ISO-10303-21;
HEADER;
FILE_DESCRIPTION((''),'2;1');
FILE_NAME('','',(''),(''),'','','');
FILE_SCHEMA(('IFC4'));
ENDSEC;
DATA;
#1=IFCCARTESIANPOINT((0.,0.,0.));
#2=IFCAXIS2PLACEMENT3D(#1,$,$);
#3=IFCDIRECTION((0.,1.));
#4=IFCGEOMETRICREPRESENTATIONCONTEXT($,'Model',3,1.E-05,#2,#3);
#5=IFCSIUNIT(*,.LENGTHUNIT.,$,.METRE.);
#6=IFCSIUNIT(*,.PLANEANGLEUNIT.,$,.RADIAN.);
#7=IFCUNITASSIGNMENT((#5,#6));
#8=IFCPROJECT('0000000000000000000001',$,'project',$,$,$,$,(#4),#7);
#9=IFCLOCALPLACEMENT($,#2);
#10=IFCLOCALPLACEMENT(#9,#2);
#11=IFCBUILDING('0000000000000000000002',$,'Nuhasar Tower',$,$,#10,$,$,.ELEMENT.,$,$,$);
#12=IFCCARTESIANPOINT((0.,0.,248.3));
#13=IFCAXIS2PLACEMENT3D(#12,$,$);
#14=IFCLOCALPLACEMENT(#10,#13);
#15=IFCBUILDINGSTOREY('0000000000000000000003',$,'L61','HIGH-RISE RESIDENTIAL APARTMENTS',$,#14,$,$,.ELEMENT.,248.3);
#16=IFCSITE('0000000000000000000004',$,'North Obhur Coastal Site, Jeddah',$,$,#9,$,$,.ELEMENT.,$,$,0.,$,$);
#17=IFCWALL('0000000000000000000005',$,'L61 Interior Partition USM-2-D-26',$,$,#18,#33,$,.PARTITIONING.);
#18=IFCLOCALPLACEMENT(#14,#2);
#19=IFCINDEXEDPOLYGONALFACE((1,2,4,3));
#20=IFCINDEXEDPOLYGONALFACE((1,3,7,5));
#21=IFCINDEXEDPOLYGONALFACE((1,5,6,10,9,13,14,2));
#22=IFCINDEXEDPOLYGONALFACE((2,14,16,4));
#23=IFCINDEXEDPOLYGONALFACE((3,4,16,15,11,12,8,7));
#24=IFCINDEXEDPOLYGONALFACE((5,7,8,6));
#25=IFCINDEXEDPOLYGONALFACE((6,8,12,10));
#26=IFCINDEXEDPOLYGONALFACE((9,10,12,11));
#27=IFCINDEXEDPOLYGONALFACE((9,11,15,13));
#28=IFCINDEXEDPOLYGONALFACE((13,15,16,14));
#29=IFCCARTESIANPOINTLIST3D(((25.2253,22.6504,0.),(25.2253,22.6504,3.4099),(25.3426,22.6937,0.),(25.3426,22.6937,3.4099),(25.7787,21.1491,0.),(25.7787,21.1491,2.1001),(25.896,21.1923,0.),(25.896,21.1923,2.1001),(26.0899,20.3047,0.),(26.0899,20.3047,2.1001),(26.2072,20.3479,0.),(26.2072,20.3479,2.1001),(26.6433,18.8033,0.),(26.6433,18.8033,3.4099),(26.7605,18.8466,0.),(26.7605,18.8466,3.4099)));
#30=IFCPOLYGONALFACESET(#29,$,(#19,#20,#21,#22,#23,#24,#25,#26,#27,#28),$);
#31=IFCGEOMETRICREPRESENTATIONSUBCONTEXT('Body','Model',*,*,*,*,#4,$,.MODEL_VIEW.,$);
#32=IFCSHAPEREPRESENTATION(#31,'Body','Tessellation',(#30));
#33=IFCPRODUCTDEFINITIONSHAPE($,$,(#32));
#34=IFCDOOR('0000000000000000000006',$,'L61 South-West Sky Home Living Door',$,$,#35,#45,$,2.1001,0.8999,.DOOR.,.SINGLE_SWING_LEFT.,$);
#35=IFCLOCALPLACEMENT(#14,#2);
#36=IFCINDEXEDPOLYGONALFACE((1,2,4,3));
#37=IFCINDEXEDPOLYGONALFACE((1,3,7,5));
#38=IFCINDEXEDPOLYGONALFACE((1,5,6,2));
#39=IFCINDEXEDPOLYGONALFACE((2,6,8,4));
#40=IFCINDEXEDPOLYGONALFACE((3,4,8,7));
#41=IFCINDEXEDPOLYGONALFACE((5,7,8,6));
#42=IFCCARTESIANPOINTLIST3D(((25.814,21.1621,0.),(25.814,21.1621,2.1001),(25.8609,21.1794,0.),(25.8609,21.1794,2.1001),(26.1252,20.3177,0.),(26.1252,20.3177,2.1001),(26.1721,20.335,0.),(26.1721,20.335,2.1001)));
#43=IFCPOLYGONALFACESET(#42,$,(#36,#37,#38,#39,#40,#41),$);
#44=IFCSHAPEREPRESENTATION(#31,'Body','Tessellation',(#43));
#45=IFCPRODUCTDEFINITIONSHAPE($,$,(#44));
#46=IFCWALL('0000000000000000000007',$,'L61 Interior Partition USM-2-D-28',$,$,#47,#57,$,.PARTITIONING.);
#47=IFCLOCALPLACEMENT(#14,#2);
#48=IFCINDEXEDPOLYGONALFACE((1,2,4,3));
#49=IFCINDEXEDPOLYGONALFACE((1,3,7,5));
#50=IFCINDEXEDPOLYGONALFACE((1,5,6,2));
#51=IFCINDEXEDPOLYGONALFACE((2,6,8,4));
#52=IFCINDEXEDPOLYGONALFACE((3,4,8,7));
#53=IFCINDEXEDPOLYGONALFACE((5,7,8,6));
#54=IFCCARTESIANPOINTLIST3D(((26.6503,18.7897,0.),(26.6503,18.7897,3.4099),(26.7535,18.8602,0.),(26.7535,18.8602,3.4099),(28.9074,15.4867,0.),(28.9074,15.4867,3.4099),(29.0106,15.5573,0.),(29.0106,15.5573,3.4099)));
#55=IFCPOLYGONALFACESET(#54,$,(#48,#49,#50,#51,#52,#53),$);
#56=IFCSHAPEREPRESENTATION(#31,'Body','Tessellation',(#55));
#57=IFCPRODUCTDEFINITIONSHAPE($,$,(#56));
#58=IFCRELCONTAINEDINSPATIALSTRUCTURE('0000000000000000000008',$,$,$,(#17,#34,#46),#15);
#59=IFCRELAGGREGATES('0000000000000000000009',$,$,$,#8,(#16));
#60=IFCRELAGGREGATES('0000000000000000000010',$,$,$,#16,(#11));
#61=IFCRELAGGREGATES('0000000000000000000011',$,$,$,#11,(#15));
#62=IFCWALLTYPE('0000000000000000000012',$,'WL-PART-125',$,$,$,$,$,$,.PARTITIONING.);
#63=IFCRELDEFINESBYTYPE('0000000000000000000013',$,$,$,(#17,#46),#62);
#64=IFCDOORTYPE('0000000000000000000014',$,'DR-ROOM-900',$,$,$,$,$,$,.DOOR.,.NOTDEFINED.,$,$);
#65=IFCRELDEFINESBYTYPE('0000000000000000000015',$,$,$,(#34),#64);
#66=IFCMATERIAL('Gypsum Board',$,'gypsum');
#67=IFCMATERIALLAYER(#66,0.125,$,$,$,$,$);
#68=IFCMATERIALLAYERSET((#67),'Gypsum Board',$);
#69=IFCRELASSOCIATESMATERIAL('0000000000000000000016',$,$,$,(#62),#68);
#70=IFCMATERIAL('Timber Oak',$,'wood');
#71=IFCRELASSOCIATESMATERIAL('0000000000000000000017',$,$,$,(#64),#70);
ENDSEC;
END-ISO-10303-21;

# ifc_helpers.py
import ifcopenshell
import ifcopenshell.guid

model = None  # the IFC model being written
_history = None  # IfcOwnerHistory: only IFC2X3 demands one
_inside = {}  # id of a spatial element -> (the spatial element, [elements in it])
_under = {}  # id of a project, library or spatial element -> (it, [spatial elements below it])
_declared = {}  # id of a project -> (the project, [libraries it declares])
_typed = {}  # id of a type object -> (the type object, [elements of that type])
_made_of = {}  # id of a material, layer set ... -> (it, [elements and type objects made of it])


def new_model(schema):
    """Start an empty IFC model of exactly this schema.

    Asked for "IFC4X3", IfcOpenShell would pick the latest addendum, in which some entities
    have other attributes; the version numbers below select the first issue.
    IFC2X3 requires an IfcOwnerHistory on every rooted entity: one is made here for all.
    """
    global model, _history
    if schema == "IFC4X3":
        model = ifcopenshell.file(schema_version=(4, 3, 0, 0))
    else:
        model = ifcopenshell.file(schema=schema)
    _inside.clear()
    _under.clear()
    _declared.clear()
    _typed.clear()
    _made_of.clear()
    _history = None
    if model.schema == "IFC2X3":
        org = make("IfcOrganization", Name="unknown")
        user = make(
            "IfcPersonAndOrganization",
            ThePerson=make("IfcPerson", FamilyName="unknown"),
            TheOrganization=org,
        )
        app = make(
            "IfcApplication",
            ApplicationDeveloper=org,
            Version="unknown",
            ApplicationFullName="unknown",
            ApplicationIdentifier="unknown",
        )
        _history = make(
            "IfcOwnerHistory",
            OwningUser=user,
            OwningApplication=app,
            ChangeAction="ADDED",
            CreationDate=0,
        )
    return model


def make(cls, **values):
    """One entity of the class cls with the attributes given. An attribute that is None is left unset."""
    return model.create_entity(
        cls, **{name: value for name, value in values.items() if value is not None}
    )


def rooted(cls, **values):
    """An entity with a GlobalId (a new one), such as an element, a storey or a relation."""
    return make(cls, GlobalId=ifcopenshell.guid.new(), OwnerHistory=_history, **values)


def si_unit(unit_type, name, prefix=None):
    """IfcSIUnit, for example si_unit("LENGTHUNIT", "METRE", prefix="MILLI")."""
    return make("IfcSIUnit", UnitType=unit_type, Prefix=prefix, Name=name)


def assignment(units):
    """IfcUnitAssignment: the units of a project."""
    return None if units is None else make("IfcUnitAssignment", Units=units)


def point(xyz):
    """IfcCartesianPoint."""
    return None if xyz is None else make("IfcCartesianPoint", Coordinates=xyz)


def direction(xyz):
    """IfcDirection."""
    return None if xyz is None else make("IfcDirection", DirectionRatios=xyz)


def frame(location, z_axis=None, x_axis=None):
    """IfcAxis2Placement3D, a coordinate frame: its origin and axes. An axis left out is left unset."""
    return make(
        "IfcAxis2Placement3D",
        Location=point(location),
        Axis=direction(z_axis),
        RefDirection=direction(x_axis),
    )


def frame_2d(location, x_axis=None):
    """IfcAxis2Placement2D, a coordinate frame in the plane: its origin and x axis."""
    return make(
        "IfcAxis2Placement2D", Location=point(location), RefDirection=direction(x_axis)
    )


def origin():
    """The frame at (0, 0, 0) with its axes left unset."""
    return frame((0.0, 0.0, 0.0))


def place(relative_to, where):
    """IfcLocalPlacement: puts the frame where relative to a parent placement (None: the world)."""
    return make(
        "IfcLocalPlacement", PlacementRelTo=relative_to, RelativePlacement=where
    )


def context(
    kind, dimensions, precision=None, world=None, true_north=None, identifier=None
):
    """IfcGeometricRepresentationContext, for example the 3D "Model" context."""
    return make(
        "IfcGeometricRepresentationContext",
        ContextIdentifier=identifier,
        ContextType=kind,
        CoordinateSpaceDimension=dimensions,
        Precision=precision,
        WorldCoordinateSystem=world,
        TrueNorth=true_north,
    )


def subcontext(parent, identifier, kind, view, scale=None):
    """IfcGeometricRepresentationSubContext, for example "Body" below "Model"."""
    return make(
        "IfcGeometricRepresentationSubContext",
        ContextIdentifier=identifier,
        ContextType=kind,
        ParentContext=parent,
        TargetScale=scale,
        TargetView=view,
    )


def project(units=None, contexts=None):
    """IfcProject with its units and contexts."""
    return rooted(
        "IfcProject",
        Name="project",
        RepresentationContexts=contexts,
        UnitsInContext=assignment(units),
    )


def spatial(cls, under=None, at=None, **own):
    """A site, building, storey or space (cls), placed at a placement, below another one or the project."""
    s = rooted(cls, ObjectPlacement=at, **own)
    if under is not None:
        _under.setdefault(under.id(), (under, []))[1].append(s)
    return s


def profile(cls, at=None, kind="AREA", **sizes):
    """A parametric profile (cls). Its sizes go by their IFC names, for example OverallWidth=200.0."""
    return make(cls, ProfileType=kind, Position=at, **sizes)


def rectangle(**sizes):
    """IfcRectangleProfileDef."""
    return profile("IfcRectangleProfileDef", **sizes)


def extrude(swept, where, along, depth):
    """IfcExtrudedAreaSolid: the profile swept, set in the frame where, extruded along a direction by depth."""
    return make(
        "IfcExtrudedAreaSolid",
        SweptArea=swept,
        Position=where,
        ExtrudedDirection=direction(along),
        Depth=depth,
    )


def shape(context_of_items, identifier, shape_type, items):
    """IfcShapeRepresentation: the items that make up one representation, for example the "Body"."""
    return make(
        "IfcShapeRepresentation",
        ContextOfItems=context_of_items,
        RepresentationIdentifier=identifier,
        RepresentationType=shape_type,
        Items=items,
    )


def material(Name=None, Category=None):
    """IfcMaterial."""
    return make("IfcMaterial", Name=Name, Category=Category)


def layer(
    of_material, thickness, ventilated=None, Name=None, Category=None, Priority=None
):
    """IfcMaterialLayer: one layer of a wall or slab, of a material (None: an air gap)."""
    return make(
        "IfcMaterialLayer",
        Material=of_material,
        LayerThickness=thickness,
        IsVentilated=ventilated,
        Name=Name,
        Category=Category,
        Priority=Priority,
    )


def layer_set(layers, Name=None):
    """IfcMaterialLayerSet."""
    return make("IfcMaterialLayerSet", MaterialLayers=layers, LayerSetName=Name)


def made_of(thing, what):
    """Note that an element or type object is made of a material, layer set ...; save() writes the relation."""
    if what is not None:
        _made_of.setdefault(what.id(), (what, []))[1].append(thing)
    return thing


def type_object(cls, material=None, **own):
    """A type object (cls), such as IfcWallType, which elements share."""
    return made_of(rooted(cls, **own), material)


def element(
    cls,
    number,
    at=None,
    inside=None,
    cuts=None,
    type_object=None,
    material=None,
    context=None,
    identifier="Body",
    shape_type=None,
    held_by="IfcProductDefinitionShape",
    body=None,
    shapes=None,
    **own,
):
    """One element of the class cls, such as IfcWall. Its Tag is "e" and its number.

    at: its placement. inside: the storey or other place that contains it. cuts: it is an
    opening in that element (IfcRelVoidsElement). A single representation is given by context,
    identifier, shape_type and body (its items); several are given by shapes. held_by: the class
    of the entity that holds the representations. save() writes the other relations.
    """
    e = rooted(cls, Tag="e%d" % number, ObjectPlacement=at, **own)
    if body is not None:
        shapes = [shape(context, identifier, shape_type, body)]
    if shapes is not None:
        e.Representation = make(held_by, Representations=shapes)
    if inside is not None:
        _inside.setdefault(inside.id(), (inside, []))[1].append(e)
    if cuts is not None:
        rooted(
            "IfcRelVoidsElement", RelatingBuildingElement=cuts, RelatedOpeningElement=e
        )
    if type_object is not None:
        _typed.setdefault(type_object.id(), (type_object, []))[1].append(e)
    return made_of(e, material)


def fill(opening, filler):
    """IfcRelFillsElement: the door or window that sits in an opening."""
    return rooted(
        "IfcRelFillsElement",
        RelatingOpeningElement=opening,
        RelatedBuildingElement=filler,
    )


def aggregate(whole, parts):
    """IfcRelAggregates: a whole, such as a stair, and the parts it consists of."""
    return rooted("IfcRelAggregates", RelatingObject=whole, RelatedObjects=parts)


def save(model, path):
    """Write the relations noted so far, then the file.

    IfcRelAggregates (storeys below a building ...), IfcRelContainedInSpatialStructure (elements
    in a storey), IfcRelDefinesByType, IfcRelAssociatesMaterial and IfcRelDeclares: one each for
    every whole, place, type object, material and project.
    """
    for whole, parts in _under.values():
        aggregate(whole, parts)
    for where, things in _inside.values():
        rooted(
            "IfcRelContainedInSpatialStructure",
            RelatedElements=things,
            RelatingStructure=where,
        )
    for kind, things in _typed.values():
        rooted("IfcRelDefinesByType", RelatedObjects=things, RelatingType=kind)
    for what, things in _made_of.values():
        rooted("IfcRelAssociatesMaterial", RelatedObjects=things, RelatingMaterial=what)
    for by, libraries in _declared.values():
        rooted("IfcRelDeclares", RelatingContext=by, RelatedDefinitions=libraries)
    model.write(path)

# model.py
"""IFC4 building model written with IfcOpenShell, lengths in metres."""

from ifc_helpers import new_model, si_unit, direction, frame, frame_2d, origin, place, context, subcontext, project, spatial, rectangle, extrude, material, layer, layer_set, type_object, element, fill, save


model = new_model("IFC4")

# Units and contexts
model_context = context("Model", 3, precision=1e-05, world=origin(), true_north=direction((0.0, 1.0)))
body_context = subcontext(model_context, "Body", "Model", "MODEL_VIEW")
ifc_project = project(units=[si_unit("LENGTHUNIT", "METRE"), si_unit("PLANEANGLEUNIT", "RADIAN")], contexts=[model_context])

# Site, building, storey
site_placement = place(None, origin())
site = spatial("IfcSite", under=ifc_project, at=site_placement, Name="North Obhur Coastal Site, Jeddah", CompositionType="ELEMENT", RefElevation=0.0)
building_placement = place(site_placement, origin())
building = spatial("IfcBuilding", under=site, at=building_placement, Name="Nuhasar Tower", CompositionType="ELEMENT")
storey_placement = place(building_placement, frame((0.0, 0.0, 248.3)))
storey = spatial("IfcBuildingStorey", under=building, at=storey_placement, Name="L61", Description="HIGH-RISE RESIDENTIAL APARTMENTS", CompositionType="ELEMENT", Elevation=248.3)

# Shared definitions
ifc_material_1 = material(Name="Gypsum Board", Category="gypsum")

# Shared definitions
ifc_material_2 = material(Name="Timber Oak", Category="wood")

# Shared definitions
ifc_layer_1 = layer(ifc_material_1, 0.125)
ifc_layer_set_1 = layer_set([ifc_layer_1], Name="Gypsum Board")
wall_type_1 = type_object("IfcWallType", Name="WL-PART-125", PredefinedType="PARTITIONING", material=ifc_layer_set_1)

# Wall, opening, door
wall_1_placement = place(storey_placement, frame((26.7019, 18.825, 0.0), z_axis=(0.0, 0.0, 1.0), x_axis=(-0.345832, 0.938296, 0.0)))
wall_1 = element("IfcWall", 1, at=wall_1_placement, inside=storey, type_object=wall_type_1, Name="L61 Interior Partition USM-2-D-26", PredefinedType="PARTITIONING", context=body_context, shape_type="SweptSolid", body=[
    extrude(rectangle(XDim=4.1001, YDim=0.125, at=frame_2d((2.05, 0.0))), origin(), (0.0, 0.0, 1.0), 3.4099),
])
opening_1_placement = place(wall_1_placement, frame((1.6001, 0.0, 0.0)))
opening_1 = element("IfcOpeningElement", 2, at=opening_1_placement, cuts=wall_1, PredefinedType="OPENING", context=body_context, shape_type="SweptSolid", body=[
    extrude(rectangle(XDim=0.8999, YDim=2.1001, at=frame_2d((0.45, 1.05))), frame((0.0, 0.0725, 0.0), z_axis=(0.0, -1.0, 0.0), x_axis=(1.0, 0.0, 0.0)), (0.0, 0.0, 1.0), 0.145),
])
door_type_1 = type_object("IfcDoorType", Name="DR-ROOM-900", OperationType="NOTDEFINED", PredefinedType="DOOR", material=ifc_material_2)
door_1_placement = place(opening_1_placement, origin())
door_1 = element("IfcDoor", 3, at=door_1_placement, inside=storey, type_object=door_type_1, Name="L61 South-West Sky Home Living Door", OperationType="SINGLE_SWING_LEFT", OverallHeight=2.1001, OverallWidth=0.8999, PredefinedType="DOOR", context=body_context, shape_type="SweptSolid", body=[
    extrude(rectangle(XDim=0.8999, YDim=2.1001, at=frame_2d((0.45, 1.05))), frame((0.0, 0.0249, 0.0), z_axis=(0.0, -1.0, 0.0), x_axis=(1.0, 0.0, 0.0)), (0.0, 0.0, 1.0), 0.05),
])
fill(opening_1, door_1)

# Wall
wall_2_placement = place(storey_placement, frame((26.7019, 18.825, 0.0), z_axis=(0.0, 0.0, 1.0), x_axis=(0.564198, -0.825639, 0.0)))
element("IfcWall", 4, at=wall_2_placement, inside=storey, type_object=wall_type_1, Name="L61 Interior Partition USM-2-D-28", PredefinedType="PARTITIONING", context=body_context, shape_type="SweptSolid", body=[
    extrude(rectangle(XDim=4.0005, YDim=0.125, at=frame_2d((2.0002, 0.0))), origin(), (0.0, 0.0, 1.0), 3.4099),
])

save(model, "model.ifc")
